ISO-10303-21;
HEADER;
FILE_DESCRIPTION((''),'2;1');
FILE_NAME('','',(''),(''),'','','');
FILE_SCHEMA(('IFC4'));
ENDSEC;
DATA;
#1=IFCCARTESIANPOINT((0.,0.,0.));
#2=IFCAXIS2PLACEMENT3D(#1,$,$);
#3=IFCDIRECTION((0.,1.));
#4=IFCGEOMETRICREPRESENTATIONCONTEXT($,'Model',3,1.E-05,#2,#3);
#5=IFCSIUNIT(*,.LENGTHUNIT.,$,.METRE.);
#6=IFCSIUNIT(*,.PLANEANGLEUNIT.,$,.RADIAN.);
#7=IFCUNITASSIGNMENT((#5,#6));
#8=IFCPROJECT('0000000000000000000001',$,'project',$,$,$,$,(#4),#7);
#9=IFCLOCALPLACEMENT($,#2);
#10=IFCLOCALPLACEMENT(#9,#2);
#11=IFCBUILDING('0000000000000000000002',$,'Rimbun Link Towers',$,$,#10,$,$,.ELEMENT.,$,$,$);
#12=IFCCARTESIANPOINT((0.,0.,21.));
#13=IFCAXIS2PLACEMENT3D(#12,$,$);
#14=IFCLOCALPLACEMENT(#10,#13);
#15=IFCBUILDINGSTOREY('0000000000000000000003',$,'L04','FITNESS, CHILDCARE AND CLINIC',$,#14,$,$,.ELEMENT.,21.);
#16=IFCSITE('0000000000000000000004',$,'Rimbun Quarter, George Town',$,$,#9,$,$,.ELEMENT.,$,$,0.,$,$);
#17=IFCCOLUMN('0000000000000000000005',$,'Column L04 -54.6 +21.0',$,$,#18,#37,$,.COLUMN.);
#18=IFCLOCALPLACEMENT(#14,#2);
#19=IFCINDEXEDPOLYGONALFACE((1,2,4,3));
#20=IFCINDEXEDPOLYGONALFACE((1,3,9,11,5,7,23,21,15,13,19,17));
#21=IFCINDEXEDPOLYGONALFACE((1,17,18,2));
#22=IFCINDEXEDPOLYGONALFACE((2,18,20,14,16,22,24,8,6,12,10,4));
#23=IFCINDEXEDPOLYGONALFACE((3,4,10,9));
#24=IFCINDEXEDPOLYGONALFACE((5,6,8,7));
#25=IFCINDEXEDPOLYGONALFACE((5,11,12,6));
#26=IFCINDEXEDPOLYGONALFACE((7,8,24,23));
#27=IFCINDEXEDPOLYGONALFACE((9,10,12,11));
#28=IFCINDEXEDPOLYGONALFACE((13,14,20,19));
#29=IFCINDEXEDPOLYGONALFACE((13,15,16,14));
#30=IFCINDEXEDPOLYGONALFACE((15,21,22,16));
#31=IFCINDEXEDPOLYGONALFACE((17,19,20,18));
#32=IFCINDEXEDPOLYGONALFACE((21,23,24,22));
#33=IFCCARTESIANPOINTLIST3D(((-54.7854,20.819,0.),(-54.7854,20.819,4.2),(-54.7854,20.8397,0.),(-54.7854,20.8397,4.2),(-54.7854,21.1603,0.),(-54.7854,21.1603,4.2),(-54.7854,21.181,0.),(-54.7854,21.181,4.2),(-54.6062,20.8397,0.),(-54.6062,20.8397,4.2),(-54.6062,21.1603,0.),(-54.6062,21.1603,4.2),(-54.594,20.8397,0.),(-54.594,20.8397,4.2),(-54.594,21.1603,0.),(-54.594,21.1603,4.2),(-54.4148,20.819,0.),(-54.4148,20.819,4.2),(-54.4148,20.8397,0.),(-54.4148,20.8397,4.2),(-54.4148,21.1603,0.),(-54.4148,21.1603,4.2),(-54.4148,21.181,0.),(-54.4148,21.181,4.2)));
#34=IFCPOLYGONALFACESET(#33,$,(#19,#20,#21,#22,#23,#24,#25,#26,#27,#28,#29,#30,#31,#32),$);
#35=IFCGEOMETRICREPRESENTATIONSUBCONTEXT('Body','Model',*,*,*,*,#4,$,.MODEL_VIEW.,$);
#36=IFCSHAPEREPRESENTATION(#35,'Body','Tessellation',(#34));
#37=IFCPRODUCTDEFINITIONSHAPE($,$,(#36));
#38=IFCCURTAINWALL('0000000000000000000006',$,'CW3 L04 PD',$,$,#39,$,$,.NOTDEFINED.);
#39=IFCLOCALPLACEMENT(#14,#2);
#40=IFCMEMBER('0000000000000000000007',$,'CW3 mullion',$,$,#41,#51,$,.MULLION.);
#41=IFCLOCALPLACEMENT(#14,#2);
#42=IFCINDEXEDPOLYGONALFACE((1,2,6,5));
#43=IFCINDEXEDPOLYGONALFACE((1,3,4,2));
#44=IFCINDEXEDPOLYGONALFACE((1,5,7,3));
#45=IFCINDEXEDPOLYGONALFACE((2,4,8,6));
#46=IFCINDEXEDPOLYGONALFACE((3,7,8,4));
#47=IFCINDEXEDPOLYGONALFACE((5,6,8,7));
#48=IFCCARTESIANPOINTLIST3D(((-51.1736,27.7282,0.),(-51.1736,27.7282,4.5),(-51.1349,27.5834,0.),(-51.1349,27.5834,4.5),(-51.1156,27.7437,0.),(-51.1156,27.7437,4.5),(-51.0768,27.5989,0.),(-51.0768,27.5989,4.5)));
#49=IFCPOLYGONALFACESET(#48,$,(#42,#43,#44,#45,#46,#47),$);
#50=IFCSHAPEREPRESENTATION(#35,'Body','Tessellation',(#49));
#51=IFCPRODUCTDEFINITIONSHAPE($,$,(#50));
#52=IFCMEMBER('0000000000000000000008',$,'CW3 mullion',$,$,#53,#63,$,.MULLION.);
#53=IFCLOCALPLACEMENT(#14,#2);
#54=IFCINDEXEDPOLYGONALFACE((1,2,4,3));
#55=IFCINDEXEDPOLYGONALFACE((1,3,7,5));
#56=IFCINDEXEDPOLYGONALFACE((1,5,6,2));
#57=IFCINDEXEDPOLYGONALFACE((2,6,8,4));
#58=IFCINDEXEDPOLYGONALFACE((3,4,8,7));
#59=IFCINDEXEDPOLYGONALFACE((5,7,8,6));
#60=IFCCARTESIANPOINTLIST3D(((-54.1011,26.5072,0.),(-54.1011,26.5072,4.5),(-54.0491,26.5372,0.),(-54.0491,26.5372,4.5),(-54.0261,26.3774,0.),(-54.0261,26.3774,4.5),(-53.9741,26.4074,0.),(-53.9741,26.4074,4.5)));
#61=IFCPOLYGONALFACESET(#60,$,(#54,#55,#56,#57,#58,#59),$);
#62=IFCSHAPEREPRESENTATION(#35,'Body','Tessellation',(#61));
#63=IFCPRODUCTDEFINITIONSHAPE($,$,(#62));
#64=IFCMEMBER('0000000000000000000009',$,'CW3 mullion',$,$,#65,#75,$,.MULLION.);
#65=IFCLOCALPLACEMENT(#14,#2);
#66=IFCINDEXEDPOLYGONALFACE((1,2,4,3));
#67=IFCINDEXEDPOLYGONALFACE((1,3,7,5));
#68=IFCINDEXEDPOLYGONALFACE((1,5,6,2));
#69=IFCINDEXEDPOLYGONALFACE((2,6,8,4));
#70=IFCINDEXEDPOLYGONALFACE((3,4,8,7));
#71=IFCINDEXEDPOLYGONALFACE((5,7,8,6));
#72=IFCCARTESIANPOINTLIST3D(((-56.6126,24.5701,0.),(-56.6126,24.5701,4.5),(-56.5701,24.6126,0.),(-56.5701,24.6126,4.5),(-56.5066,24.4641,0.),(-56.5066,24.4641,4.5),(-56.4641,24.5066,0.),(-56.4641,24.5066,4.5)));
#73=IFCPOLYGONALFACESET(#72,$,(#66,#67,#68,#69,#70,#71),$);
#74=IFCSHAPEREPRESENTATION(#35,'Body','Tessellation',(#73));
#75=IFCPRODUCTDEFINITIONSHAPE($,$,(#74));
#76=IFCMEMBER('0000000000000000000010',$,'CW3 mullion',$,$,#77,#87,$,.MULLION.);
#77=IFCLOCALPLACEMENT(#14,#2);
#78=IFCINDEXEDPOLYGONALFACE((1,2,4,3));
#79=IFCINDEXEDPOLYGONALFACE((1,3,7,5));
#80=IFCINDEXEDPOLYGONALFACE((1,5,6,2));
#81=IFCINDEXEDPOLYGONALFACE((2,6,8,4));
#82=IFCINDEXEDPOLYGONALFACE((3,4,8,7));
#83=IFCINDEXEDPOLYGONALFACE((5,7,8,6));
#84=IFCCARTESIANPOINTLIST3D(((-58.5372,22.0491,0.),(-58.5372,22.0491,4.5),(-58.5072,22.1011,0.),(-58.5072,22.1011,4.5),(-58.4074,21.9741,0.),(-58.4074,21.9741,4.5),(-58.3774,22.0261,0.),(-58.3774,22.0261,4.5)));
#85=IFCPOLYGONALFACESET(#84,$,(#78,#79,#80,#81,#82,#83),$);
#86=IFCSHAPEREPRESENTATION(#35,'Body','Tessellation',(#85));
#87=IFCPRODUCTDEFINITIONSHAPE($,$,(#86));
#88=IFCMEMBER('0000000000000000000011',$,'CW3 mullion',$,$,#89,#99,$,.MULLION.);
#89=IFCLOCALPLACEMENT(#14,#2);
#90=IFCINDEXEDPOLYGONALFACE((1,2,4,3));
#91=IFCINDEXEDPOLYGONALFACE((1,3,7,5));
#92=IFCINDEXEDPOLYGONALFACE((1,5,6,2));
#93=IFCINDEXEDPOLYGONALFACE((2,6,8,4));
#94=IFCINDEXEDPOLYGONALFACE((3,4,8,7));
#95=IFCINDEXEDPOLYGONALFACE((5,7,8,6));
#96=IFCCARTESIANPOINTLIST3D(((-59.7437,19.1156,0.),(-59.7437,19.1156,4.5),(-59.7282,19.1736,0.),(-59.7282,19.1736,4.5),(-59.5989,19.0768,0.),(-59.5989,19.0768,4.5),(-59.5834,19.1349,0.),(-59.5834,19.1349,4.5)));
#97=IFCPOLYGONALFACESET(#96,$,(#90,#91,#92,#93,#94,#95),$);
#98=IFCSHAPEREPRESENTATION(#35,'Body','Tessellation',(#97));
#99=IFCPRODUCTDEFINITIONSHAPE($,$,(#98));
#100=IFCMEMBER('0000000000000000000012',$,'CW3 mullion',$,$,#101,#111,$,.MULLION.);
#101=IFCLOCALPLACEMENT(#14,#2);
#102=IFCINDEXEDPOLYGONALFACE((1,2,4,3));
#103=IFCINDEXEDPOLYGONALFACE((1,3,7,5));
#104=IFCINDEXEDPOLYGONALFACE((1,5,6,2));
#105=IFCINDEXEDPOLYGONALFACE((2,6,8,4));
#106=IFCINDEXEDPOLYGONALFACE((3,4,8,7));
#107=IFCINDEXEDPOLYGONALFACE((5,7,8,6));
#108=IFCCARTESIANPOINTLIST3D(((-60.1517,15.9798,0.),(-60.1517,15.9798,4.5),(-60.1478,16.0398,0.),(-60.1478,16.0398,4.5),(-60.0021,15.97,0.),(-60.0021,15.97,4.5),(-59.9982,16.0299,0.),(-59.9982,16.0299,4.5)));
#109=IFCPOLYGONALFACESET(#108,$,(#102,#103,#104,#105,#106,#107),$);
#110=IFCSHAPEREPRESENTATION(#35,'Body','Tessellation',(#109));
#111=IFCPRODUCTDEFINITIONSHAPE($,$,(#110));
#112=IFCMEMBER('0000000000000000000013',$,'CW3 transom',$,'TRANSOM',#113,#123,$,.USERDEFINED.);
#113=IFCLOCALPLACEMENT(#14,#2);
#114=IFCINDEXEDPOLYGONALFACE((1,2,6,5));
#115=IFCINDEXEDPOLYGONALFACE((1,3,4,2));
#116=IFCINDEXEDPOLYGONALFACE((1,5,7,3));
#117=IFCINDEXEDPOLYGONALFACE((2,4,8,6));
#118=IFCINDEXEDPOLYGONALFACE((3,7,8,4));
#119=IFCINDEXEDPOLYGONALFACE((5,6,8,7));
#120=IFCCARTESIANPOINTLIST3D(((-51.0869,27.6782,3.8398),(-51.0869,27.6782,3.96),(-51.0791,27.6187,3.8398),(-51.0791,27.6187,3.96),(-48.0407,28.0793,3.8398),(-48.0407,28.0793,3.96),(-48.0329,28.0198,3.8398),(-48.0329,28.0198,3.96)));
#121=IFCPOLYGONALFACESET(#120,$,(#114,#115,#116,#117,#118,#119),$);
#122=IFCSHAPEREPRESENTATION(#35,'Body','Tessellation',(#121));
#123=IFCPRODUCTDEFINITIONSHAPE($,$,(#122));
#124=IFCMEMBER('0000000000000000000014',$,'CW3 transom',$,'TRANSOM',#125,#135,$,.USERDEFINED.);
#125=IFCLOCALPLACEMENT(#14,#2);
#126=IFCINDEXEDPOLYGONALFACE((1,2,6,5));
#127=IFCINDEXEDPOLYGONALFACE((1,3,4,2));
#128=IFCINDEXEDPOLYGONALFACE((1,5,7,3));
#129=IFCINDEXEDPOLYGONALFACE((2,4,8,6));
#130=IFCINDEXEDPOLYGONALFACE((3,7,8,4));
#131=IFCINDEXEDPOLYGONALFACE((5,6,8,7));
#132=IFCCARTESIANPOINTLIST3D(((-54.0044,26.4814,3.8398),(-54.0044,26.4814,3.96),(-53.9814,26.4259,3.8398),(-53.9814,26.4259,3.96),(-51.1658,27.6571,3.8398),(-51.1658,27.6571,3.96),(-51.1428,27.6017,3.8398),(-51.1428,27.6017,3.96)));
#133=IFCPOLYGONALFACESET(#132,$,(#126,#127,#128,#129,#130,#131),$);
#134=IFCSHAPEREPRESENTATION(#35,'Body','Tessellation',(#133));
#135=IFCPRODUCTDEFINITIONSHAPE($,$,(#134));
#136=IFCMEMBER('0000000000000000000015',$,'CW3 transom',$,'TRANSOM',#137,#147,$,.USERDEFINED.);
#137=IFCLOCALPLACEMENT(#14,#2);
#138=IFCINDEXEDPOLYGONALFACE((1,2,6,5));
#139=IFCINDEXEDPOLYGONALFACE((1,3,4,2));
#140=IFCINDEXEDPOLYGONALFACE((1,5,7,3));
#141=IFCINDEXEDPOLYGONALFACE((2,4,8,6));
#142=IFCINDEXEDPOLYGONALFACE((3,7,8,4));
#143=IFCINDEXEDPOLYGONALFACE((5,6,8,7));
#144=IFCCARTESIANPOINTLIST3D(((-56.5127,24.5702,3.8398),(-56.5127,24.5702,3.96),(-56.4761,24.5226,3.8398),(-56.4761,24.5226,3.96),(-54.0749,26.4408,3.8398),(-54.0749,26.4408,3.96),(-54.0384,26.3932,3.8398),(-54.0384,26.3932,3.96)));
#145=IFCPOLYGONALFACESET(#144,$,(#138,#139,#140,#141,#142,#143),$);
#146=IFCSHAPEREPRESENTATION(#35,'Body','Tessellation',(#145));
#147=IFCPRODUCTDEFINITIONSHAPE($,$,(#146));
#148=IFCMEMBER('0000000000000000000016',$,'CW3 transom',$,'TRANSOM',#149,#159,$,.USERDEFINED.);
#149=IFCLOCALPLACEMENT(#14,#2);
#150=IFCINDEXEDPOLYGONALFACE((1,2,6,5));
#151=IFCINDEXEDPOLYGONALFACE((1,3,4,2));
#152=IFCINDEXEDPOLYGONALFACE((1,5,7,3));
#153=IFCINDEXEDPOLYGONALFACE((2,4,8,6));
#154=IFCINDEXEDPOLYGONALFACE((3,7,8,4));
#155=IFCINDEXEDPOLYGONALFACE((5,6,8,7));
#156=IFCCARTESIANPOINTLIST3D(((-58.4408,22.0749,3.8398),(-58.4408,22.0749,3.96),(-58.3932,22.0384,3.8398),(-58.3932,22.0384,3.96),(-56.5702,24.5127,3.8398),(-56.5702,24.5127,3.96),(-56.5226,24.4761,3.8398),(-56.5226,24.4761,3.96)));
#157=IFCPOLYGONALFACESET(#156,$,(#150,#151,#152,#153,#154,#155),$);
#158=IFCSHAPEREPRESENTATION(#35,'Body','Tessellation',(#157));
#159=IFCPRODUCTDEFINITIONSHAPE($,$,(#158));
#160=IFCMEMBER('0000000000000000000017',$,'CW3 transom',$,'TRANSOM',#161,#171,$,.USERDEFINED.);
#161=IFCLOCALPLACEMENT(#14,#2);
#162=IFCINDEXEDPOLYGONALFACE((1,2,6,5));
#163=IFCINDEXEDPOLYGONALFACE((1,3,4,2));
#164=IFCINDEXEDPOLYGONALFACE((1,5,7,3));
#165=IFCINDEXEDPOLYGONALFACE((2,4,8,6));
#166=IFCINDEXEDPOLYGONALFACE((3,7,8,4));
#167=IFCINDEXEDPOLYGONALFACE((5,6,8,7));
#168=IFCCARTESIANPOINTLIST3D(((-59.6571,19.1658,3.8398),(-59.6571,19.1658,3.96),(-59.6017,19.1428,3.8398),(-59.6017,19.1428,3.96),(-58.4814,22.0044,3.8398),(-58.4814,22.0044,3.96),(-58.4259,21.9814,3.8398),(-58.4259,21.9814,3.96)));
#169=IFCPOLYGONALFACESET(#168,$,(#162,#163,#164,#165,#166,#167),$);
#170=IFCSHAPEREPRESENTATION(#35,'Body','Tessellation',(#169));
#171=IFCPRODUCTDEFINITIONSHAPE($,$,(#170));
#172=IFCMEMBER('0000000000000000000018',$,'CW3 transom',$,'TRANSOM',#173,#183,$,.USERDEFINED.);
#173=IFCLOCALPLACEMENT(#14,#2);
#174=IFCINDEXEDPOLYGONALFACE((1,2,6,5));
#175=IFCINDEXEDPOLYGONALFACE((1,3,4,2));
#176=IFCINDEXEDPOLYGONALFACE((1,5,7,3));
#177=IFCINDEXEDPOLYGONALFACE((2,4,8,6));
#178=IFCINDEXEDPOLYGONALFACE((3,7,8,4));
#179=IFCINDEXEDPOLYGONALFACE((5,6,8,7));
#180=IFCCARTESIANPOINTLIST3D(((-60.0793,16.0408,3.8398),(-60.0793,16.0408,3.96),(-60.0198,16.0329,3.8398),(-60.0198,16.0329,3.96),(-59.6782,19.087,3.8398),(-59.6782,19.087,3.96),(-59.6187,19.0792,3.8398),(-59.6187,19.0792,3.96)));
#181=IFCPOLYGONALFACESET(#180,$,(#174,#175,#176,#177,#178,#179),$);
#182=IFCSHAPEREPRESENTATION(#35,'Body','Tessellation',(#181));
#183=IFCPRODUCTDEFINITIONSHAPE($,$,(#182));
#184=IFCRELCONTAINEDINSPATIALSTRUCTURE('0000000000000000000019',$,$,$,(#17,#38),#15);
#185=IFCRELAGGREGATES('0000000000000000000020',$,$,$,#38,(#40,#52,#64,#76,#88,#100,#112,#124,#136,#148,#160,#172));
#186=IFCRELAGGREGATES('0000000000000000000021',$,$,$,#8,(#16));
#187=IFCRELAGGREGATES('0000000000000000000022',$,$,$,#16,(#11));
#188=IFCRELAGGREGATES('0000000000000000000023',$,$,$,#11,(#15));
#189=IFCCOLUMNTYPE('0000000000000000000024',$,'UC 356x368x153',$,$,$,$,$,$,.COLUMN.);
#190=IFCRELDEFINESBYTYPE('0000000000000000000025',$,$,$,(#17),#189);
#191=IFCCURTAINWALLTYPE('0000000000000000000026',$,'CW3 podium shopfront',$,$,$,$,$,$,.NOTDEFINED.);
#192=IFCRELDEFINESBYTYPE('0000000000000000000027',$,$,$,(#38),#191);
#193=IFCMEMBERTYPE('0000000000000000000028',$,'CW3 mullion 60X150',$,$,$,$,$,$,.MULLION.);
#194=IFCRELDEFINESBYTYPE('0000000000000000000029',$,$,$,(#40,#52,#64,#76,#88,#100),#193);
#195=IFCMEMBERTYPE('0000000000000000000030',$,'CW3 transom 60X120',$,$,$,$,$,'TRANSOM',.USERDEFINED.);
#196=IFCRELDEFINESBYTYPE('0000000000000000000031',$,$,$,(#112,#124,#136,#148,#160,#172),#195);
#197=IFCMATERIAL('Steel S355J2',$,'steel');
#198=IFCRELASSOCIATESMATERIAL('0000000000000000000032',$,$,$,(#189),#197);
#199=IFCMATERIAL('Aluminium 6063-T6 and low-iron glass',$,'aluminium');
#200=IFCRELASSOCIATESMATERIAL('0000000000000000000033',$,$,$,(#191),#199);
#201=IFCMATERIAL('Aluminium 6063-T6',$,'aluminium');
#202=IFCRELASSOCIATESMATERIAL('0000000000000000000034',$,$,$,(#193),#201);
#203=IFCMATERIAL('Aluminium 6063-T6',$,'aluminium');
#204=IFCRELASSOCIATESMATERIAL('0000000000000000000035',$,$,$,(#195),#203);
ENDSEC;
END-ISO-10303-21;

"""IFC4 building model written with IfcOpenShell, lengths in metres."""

from ifc_helpers import new_model, si_unit, direction, frame, origin, origin_2d, place, context, subcontext, project, spatial, rectangle, i_section, extrude, material, material_profile, profile_set, type_object, element, aggregate, save


model = new_model("IFC4")

# Units and contexts
model_context = context("Model", 3, precision=1e-05, world=origin(), true_north=direction((0.0, 1.0)))
body_context = subcontext(model_context, "Body", "Model", "MODEL_VIEW")
ifc_project = project(units=[si_unit("LENGTHUNIT", "METRE"), si_unit("PLANEANGLEUNIT", "RADIAN")], contexts=[model_context])

# Site, building, storey
site_placement = place(None, origin())
site = spatial("IfcSite", under=ifc_project, at=site_placement, Name="Rimbun Quarter, George Town", CompositionType="ELEMENT", RefElevation=0.0)
building_placement = place(site_placement, origin())
building = spatial("IfcBuilding", under=site, at=building_placement, Name="Rimbun Link Towers", CompositionType="ELEMENT")
storey_placement = place(building_placement, frame((0.0, 0.0, 21.0)))
storey = spatial("IfcBuildingStorey", under=building, at=storey_placement, Name="L04", Description="FITNESS, CHILDCARE AND CLINIC", CompositionType="ELEMENT", Elevation=21.0)

# Column
ifc_material_1 = material(Name="Steel S355J2", Category="steel")
ifc_material_profile_1 = material_profile(ifc_material_1, i_section(OverallWidth=0.3706, OverallDepth=0.3621, WebThickness=0.0122, FlangeThickness=0.0208, at=origin_2d()), Name="UC 356x368x153")
ifc_profile_set_1 = profile_set([ifc_material_profile_1], Name="Steel S355J2")
column_type = type_object("IfcColumnType", Name="UC 356x368x153", PredefinedType="COLUMN", material=ifc_profile_set_1)
column_placement = place(storey_placement, frame((-54.6001, 21.0, 0.0), z_axis=(0.0, 0.0, 1.0), x_axis=(1.0, 0.0, 0.0)))
element("IfcColumn", 1, at=column_placement, inside=storey, type_object=column_type, Name="Column L04 -54.6 +21.0", PredefinedType="COLUMN", context=body_context, shape_type="SweptSolid", body=[
    extrude(i_section(OverallWidth=0.3706, OverallDepth=0.3621, WebThickness=0.0122, FlangeThickness=0.0208, at=origin_2d()), origin(), (0.0, 0.0, 1.0), 4.2),
])

# Curtain wall, members
ifc_material_2 = material(Name="Aluminium 6063-T6 and low-iron glass", Category="aluminium")
curtain_wall_type = type_object("IfcCurtainWallType", Name="CW3 podium shopfront", PredefinedType="NOTDEFINED", material=ifc_material_2)
curtain_wall_placement = place(storey_placement, origin())
curtain_wall = element("IfcCurtainWall", 2, at=curtain_wall_placement, inside=storey, type_object=curtain_wall_type, Name="CW3 L04 PD", PredefinedType="NOTDEFINED")
ifc_material_3 = material(Name="Aluminium 6063-T6", Category="aluminium")
ifc_material_profile_2 = material_profile(ifc_material_3, rectangle(XDim=0.1499, YDim=0.0601, at=origin_2d()), Name="MULLION 60X150")
ifc_profile_set_2 = profile_set([ifc_material_profile_2], Name="Aluminium 6063-T6")
member_type_1 = type_object("IfcMemberType", Name="CW3 mullion 60X150", PredefinedType="MULLION", material=ifc_profile_set_2)
member_1_placement = place(storey_placement, frame((-51.1252, 27.6636, 0.0), z_axis=(0.0, 0.0, 1.0), x_axis=(-0.258819, 0.965926, 0.0)))
member_1 = element("IfcMember", 3, at=member_1_placement, type_object=member_type_1, Name="CW3 mullion", PredefinedType="MULLION", context=body_context, shape_type="SweptSolid", body=[
    extrude(rectangle(XDim=0.1499, YDim=0.0601, at=origin_2d()), origin(), (0.0, 0.0, 1.0), 4.5),
])
member_2_placement = place(storey_placement, frame((-54.0376, 26.4573, 0.0), z_axis=(0.0, 0.0, 1.0), x_axis=(-0.499994, 0.866029, 0.0)))
member_2 = element("IfcMember", 4, at=member_2_placement, type_object=member_type_1, Name="CW3 mullion", PredefinedType="MULLION", context=body_context, shape_type="SweptSolid", body=[
    extrude(rectangle(XDim=0.1499, YDim=0.0601, at=origin_2d()), origin(), (0.0, 0.0, 1.0), 4.5),
])
member_3_placement = place(storey_placement, frame((-56.5383, 24.5383, 0.0), z_axis=(0.0, 0.0, 1.0), x_axis=(-0.707107, 0.707107, 0.0)))
member_3 = element("IfcMember", 5, at=member_3_placement, type_object=member_type_1, Name="CW3 mullion", PredefinedType="MULLION", context=body_context, shape_type="SweptSolid", body=[
    extrude(rectangle(XDim=0.1499, YDim=0.0601, at=origin_2d()), origin(), (0.0, 0.0, 1.0), 4.5),
])
member_4_placement = place(storey_placement, frame((-58.4573, 22.0376, 0.0), z_axis=(0.0, 0.0, 1.0), x_axis=(-0.866029, 0.499994, 0.0)))
member_4 = element("IfcMember", 6, at=member_4_placement, type_object=member_type_1, Name="CW3 mullion", PredefinedType="MULLION", context=body_context, shape_type="SweptSolid", body=[
    extrude(rectangle(XDim=0.1499, YDim=0.0601, at=origin_2d()), origin(), (0.0, 0.0, 1.0), 4.5),
])
member_5_placement = place(storey_placement, frame((-59.6636, 19.1252, 0.0), z_axis=(0.0, 0.0, 1.0), x_axis=(-0.965926, 0.258819, 0.0)))
member_5 = element("IfcMember", 7, at=member_5_placement, type_object=member_type_1, Name="CW3 mullion", PredefinedType="MULLION", context=body_context, shape_type="SweptSolid", body=[
    extrude(rectangle(XDim=0.1499, YDim=0.0601, at=origin_2d()), origin(), (0.0, 0.0, 1.0), 4.5),
])
member_6_placement = place(storey_placement, frame((-60.075, 16.0049, 0.0), z_axis=(0.0, 0.0, 1.0), x_axis=(-0.997859, 0.065405, 0.0)))
member_6 = element("IfcMember", 8, at=member_6_placement, type_object=member_type_1, Name="CW3 mullion", PredefinedType="MULLION", context=body_context, shape_type="SweptSolid", body=[
    extrude(rectangle(XDim=0.1499, YDim=0.0601, at=origin_2d()), origin(), (0.0, 0.0, 1.0), 4.5),
])
ifc_material_4 = material(Name="Aluminium 6063-T6", Category="aluminium")
ifc_material_profile_3 = material_profile(ifc_material_4, rectangle(XDim=0.0601, YDim=0.1201, at=origin_2d()), Name="TRANSOM 60X120")
ifc_profile_set_3 = profile_set([ifc_material_profile_3], Name="Aluminium 6063-T6")
member_type_2 = type_object("IfcMemberType", Name="CW3 transom 60X120", ElementType="TRANSOM", PredefinedType="USERDEFINED", material=ifc_profile_set_3)
member_7_placement = place(storey_placement, frame((-51.083, 27.6484, 3.8999), z_axis=(0.991441, 0.130555, 0.0), x_axis=(-0.130555, 0.991441, 0.0)))
member_7 = element("IfcMember", 9, at=member_7_placement, type_object=member_type_2, Name="CW3 transom", ObjectType="TRANSOM", PredefinedType="USERDEFINED", context=body_context, shape_type="SweptSolid", body=[
    extrude(rectangle(XDim=0.0601, YDim=0.1201, at=origin_2d()), origin(), (0.0, 0.0, 1.0), 3.0725),
])
member_8_placement = place(storey_placement, frame((-53.9929, 26.4536, 3.8999), z_axis=(0.923881, 0.382679, 0.0), x_axis=(-0.382679, 0.923881, 0.0)))
member_8 = element("IfcMember", 10, at=member_8_placement, type_object=member_type_2, Name="CW3 transom", ObjectType="TRANSOM", PredefinedType="USERDEFINED", context=body_context, shape_type="SweptSolid", body=[
    extrude(rectangle(XDim=0.0601, YDim=0.1201, at=origin_2d()), origin(), (0.0, 0.0, 1.0), 3.0725),
])
member_9_placement = place(storey_placement, frame((-56.4944, 24.5464, 3.8999), z_axis=(0.793344, 0.608773, 0.0), x_axis=(-0.608773, 0.793344, 0.0)))
member_9 = element("IfcMember", 11, at=member_9_placement, type_object=member_type_2, Name="CW3 transom", ObjectType="TRANSOM", PredefinedType="USERDEFINED", context=body_context, shape_type="SweptSolid", body=[
    extrude(rectangle(XDim=0.0601, YDim=0.1201, at=origin_2d()), origin(), (0.0, 0.0, 1.0), 3.0728),
])
member_10_placement = place(storey_placement, frame((-58.417, 22.0566, 3.8999), z_axis=(0.608773, 0.793344, 0.0), x_axis=(-0.793344, 0.608773, 0.0)))
member_10 = element("IfcMember", 12, at=member_10_placement, type_object=member_type_2, Name="CW3 transom", ObjectType="TRANSOM", PredefinedType="USERDEFINED", context=body_context, shape_type="SweptSolid", body=[
    extrude(rectangle(XDim=0.0601, YDim=0.1201, at=origin_2d()), origin(), (0.0, 0.0, 1.0), 3.0728),
])
member_11_placement = place(storey_placement, frame((-59.6294, 19.1543, 3.8999), z_axis=(0.382679, 0.923881, 0.0), x_axis=(-0.923881, 0.382679, 0.0)))
member_11 = element("IfcMember", 13, at=member_11_placement, type_object=member_type_2, Name="CW3 transom", ObjectType="TRANSOM", PredefinedType="USERDEFINED", context=body_context, shape_type="SweptSolid", body=[
    extrude(rectangle(XDim=0.0601, YDim=0.1201, at=origin_2d()), origin(), (0.0, 0.0, 1.0), 3.0725),
])
member_12_placement = place(storey_placement, frame((-60.0496, 16.0369, 3.8999), z_axis=(0.130555, 0.991441, 0.0), x_axis=(-0.991441, 0.130555, 0.0)))
member_12 = element("IfcMember", 14, at=member_12_placement, type_object=member_type_2, Name="CW3 transom", ObjectType="TRANSOM", PredefinedType="USERDEFINED", context=body_context, shape_type="SweptSolid", body=[
    extrude(rectangle(XDim=0.0601, YDim=0.1201, at=origin_2d()), origin(), (0.0, 0.0, 1.0), 3.0725),
])

aggregate(curtain_wall, [member_1, member_2, member_3, member_4, member_5, member_6, member_7, member_8, member_9, member_10, member_11, member_12])

save(model, "model.ifc")
